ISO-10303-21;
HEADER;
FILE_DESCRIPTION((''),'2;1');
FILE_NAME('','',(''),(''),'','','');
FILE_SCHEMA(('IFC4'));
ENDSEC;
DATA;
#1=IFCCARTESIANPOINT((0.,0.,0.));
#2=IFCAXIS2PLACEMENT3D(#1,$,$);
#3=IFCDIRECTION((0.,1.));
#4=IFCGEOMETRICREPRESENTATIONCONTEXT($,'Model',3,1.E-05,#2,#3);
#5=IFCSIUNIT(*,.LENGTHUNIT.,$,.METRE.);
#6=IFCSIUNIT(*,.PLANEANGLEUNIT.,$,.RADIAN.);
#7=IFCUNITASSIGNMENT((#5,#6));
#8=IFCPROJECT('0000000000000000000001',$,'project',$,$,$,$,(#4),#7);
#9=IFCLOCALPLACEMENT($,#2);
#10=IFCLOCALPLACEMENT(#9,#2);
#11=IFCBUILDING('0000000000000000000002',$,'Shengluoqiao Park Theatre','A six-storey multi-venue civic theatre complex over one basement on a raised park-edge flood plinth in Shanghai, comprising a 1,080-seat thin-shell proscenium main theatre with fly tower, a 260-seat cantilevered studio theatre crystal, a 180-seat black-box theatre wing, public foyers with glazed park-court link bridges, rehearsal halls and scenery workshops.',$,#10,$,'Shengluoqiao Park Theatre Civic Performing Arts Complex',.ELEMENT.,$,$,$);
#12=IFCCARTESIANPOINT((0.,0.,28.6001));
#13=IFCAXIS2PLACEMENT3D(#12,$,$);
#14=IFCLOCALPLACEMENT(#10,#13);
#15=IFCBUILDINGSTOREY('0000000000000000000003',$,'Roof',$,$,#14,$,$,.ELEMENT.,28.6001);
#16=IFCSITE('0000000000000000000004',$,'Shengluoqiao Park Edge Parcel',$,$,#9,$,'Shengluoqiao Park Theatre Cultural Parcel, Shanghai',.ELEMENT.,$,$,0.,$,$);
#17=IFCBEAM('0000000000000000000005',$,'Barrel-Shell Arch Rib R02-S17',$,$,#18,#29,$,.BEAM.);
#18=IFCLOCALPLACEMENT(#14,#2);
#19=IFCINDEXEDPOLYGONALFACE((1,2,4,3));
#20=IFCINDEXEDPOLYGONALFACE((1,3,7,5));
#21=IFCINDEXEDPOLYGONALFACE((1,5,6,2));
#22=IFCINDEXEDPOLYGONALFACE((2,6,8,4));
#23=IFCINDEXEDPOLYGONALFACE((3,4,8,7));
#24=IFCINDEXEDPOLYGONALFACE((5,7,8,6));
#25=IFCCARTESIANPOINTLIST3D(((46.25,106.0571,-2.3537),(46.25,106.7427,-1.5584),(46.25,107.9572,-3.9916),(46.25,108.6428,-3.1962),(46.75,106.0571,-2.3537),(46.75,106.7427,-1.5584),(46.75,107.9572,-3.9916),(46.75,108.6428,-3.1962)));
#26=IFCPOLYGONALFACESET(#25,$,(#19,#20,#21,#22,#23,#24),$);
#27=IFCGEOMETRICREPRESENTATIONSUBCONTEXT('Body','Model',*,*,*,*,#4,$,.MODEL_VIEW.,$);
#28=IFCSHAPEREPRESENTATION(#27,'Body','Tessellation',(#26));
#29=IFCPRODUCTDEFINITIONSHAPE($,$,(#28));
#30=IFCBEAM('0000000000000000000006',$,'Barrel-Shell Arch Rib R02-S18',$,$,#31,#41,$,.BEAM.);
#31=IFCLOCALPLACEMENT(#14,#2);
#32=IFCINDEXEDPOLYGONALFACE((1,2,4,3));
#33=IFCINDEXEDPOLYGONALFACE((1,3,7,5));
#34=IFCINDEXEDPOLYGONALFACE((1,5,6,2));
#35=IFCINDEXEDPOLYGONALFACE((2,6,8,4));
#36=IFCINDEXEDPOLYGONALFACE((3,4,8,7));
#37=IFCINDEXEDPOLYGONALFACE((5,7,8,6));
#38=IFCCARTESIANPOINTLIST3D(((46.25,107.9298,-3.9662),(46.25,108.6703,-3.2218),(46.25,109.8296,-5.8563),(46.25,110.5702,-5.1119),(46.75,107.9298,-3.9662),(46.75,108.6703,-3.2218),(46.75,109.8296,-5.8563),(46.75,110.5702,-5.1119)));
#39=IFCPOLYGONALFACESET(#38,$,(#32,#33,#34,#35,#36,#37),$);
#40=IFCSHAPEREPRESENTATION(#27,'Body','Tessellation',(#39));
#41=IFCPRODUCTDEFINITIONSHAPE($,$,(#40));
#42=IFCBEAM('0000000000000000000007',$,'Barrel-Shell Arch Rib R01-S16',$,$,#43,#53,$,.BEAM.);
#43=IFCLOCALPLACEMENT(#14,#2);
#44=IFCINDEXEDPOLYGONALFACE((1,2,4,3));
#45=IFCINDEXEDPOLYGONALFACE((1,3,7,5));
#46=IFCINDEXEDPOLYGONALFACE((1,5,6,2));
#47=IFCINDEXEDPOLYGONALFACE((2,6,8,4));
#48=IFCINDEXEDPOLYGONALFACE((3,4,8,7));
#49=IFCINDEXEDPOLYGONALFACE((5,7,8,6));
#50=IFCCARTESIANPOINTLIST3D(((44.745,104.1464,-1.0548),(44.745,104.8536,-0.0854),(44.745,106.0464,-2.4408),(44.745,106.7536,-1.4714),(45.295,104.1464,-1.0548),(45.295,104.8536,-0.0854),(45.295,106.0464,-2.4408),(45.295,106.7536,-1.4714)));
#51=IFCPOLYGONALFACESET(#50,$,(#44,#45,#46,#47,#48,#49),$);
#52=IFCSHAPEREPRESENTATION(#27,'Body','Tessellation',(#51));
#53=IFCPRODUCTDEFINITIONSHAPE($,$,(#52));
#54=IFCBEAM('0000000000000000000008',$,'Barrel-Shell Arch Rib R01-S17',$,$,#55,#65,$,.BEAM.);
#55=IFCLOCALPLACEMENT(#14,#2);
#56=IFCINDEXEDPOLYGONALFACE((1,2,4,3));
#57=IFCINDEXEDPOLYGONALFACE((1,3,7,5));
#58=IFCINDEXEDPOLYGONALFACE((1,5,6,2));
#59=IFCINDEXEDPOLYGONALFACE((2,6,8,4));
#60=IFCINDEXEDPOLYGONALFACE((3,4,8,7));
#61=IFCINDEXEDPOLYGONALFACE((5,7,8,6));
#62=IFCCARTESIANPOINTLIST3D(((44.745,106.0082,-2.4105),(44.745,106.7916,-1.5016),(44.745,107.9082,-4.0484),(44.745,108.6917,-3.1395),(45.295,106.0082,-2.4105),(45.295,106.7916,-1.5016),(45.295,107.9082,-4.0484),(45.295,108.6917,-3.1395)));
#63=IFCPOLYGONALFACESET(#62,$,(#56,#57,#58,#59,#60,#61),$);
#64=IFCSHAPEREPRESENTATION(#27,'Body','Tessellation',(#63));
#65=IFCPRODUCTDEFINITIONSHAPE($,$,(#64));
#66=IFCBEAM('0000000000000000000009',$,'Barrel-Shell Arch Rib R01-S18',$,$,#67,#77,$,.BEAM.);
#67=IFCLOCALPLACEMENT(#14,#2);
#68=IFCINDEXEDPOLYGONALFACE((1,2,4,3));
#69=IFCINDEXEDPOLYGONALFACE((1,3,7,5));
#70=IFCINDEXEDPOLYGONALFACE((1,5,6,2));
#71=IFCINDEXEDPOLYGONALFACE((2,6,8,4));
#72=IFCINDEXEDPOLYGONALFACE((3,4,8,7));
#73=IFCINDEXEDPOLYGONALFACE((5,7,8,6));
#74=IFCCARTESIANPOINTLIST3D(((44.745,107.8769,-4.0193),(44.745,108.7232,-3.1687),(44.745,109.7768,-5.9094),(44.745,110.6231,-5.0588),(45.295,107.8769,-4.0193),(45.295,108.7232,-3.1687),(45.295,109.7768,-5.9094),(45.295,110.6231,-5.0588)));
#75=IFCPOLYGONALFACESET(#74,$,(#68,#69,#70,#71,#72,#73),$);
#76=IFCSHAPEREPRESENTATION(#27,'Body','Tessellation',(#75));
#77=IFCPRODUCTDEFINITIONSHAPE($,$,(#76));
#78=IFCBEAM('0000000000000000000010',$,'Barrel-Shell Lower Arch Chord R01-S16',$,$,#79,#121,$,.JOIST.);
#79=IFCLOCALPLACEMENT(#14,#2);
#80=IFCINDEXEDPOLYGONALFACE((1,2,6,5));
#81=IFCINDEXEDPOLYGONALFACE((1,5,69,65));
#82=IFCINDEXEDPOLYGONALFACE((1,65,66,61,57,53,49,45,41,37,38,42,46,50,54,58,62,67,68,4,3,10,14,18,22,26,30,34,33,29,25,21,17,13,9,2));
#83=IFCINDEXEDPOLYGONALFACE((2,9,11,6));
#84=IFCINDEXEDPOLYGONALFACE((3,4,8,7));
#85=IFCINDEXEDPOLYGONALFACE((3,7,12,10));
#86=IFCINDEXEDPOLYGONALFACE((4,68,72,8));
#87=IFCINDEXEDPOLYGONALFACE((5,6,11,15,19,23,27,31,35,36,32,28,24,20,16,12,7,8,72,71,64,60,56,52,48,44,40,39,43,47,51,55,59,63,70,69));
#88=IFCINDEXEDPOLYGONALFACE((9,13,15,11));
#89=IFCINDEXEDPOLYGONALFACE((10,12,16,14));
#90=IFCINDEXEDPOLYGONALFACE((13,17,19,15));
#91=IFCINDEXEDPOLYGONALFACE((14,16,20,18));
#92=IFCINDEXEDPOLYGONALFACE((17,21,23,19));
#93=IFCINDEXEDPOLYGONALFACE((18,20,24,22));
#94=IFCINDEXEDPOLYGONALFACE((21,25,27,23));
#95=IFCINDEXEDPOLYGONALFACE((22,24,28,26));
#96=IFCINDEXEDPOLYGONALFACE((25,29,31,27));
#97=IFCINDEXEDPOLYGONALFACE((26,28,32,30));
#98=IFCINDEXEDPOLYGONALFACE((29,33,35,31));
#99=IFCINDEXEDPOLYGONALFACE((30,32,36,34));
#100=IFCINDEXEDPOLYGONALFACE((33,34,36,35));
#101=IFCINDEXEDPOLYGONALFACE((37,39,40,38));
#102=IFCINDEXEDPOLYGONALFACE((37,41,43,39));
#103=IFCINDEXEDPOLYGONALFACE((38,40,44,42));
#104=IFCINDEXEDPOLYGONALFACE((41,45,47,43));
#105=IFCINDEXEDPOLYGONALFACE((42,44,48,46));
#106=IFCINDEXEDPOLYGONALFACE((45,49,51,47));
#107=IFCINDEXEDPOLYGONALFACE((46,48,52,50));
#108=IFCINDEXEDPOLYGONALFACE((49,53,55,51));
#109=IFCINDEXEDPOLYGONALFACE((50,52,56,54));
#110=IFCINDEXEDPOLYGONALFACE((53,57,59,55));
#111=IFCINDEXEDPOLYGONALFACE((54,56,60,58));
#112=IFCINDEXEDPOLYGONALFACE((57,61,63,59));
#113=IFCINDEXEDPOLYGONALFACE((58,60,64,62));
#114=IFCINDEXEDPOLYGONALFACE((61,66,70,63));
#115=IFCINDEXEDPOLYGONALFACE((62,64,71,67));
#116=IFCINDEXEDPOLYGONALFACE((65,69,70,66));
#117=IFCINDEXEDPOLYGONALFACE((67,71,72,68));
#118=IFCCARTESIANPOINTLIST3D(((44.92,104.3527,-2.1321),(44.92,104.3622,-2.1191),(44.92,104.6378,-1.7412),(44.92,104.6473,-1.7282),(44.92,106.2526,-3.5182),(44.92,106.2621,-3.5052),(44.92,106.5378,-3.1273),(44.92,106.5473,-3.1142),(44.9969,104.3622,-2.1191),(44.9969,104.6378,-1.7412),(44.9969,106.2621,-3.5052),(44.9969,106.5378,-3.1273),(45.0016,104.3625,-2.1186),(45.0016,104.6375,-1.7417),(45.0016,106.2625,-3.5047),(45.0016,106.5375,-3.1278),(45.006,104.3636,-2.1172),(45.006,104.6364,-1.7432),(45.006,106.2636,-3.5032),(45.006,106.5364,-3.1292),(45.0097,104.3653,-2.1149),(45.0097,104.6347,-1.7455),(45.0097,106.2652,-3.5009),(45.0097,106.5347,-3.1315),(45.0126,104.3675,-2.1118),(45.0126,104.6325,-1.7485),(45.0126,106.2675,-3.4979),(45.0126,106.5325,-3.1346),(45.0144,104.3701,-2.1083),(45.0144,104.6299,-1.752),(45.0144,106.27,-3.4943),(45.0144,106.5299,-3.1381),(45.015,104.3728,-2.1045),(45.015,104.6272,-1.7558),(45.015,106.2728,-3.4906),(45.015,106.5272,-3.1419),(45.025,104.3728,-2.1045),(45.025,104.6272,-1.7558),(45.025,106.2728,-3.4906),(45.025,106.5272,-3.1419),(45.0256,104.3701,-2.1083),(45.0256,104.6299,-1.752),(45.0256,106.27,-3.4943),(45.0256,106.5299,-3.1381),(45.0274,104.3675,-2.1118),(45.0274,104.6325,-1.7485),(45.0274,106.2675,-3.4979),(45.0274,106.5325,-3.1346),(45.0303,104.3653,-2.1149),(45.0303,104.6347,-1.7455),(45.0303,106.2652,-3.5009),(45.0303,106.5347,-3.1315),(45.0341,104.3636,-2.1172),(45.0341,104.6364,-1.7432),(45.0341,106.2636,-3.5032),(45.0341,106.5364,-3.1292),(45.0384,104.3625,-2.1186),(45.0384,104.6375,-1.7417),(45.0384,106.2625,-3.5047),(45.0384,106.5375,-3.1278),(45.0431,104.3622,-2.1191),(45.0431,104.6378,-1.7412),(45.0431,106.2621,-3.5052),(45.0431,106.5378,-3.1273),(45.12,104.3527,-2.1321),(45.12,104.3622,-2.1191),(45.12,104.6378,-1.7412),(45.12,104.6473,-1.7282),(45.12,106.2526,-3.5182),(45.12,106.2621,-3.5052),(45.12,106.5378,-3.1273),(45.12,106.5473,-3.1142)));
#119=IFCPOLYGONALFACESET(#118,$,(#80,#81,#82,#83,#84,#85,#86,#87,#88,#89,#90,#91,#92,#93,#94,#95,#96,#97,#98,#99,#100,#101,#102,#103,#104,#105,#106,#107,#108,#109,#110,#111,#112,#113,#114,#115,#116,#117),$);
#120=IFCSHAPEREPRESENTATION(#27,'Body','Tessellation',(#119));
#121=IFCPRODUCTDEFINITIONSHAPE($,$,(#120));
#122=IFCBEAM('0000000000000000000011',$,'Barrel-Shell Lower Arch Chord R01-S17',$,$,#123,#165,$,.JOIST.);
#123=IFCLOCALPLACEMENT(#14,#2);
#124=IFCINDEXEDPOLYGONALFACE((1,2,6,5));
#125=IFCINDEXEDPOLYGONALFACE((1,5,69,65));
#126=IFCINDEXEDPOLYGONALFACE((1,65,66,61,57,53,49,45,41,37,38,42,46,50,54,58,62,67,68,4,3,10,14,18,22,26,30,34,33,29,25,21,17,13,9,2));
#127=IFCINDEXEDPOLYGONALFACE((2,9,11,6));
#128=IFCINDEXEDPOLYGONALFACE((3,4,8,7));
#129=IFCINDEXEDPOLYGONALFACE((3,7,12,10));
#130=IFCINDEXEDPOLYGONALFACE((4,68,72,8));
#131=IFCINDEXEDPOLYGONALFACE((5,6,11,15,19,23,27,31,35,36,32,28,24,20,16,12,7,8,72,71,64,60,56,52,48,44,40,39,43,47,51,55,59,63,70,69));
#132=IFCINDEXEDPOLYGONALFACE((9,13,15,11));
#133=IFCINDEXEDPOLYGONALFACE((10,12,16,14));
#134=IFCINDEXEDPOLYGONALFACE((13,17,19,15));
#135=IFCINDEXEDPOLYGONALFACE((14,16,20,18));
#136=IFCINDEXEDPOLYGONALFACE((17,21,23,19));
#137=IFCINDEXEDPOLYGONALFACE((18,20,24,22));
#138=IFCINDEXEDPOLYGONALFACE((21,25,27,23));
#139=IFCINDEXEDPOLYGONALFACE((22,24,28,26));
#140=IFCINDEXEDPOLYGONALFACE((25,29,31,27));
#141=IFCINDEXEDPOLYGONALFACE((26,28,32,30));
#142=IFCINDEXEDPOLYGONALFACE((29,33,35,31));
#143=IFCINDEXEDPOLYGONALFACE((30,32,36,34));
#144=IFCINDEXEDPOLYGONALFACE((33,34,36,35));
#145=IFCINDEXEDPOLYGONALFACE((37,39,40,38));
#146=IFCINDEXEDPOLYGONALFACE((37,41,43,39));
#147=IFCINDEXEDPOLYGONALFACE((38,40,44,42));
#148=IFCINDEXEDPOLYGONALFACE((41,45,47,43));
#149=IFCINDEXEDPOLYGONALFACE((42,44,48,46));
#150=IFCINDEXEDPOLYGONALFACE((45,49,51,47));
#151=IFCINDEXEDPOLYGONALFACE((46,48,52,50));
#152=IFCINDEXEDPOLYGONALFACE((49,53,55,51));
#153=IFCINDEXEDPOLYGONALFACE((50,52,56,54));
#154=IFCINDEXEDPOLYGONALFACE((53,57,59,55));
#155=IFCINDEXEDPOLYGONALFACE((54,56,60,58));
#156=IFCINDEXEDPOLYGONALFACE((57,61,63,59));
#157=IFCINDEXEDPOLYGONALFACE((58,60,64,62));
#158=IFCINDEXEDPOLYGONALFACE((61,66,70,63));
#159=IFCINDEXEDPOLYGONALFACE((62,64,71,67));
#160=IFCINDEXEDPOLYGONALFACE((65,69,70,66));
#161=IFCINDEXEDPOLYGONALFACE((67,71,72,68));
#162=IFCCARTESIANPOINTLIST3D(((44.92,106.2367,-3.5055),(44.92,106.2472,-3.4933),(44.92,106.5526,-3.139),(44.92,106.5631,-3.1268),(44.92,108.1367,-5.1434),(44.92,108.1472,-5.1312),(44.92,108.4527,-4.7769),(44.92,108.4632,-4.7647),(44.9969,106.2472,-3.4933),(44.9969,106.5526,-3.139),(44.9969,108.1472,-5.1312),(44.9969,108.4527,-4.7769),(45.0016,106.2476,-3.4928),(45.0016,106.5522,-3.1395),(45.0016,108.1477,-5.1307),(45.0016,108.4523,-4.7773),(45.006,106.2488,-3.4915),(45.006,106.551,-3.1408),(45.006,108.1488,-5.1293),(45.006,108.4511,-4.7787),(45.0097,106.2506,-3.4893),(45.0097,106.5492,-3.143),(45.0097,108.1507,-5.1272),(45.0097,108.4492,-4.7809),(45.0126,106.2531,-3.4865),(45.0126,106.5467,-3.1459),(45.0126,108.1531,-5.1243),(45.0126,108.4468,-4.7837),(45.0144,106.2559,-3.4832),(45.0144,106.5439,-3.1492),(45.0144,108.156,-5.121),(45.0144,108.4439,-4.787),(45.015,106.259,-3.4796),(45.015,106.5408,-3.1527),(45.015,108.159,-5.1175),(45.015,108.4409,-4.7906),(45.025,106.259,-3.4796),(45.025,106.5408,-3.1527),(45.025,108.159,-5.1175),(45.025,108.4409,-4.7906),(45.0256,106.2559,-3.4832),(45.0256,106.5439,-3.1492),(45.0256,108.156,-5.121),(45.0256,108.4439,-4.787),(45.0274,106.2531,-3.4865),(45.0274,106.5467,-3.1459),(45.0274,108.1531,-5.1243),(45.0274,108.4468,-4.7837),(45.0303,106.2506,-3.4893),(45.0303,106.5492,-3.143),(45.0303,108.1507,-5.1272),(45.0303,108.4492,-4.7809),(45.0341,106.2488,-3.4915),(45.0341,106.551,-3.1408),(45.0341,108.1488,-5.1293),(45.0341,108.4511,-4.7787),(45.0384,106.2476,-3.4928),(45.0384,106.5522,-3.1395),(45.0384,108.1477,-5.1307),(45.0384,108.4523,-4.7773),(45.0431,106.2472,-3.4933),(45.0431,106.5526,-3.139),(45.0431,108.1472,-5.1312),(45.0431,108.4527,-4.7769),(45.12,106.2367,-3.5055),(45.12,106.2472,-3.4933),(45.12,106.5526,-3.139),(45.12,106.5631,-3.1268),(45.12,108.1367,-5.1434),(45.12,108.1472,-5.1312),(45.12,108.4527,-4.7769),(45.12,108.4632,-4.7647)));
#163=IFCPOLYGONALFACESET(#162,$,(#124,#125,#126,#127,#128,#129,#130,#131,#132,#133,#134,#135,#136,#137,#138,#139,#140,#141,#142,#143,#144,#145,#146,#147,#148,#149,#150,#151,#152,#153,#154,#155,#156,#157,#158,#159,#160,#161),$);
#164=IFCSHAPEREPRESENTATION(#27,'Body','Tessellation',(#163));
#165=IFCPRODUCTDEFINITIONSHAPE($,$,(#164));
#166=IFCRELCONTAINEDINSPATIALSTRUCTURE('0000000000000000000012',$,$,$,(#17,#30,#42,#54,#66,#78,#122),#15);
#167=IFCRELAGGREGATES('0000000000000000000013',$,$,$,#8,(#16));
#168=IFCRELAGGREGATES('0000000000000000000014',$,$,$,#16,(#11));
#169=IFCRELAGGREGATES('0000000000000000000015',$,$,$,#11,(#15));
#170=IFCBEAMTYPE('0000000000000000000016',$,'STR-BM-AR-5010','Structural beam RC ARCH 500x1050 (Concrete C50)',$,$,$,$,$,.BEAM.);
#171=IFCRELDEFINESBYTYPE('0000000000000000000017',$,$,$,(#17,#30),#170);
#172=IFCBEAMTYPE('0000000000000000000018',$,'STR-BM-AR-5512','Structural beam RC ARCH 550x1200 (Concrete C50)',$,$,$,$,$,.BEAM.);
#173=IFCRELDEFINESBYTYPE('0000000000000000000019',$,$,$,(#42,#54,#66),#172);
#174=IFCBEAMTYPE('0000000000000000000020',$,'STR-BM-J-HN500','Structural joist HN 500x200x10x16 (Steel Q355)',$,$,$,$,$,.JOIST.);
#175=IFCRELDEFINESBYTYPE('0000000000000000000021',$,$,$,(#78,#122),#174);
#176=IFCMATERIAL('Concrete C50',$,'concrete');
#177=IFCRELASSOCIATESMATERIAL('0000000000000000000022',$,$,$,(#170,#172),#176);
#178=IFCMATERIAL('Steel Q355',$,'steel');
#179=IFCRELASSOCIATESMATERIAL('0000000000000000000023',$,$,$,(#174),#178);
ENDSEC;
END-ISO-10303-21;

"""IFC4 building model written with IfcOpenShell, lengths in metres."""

from ifc_helpers import new_model, si_unit, direction, frame, origin, origin_2d, place, context, subcontext, project, spatial, rectangle, i_section, extrude, material, material_profile, profile_set, type_object, element, save


model = new_model("IFC4")

# Units and contexts
model_context = context("Model", 3, precision=1e-05, world=origin(), true_north=direction((0.0, 1.0)))
body_context = subcontext(model_context, "Body", "Model", "MODEL_VIEW")
ifc_project = project(units=[si_unit("LENGTHUNIT", "METRE"), si_unit("PLANEANGLEUNIT", "RADIAN")], contexts=[model_context])

# Site, building, storey
site_placement = place(None, origin())
site = spatial("IfcSite", under=ifc_project, at=site_placement, Name="Shengluoqiao Park Edge Parcel", LongName="Shengluoqiao Park Theatre Cultural Parcel, Shanghai", CompositionType="ELEMENT", RefElevation=0.0)
building_placement = place(site_placement, origin())
building = spatial("IfcBuilding", under=site, at=building_placement, Name="Shengluoqiao Park Theatre", Description="A six-storey multi-venue civic theatre complex over one basement on a raised park-edge flood plinth in Shanghai, comprising a 1,080-seat thin-shell proscenium main theatre with fly tower, a 260-seat cantilevered studio theatre crystal, a 180-seat black-box theatre wing, public foyers with glazed park-court link bridges, rehearsal halls and scenery workshops.", LongName="Shengluoqiao Park Theatre Civic Performing Arts Complex", CompositionType="ELEMENT")
storey_placement = place(building_placement, frame((0.0, 0.0, 28.6001)))
storey = spatial("IfcBuildingStorey", under=building, at=storey_placement, Name="Roof", CompositionType="ELEMENT", Elevation=28.6001)

# Beams
ifc_material_1 = material(Name="Concrete C50", Category="concrete")
ifc_material_profile_1 = material_profile(ifc_material_1, rectangle(XDim=0.5, YDim=1.05, at=origin_2d()), Name="RC ARCH 500x1050")
ifc_profile_set_1 = profile_set([ifc_material_profile_1], Name="Concrete C50")
beam_type_1 = type_object("IfcBeamType", Name="STR-BM-AR-5010", Description="Structural beam RC ARCH 500x1050 (Concrete C50)", PredefinedType="BEAM", material=ifc_profile_set_1)
beam_1_placement = place(storey_placement, frame((46.5, 106.3999, -1.9561), z_axis=(0.0, 0.757433, -0.652913), x_axis=(-1.0, 0.0, 0.0)))
element("IfcBeam", 1, at=beam_1_placement, inside=storey, type_object=beam_type_1, Name="Barrel-Shell Arch Rib R02-S17", PredefinedType="BEAM", context=body_context, shape_type="SweptSolid", body=[
    extrude(rectangle(XDim=0.5, YDim=1.05, at=origin_2d()), origin(), (0.0, 0.0, 1.0), 2.5085),
])
beam_2_placement = place(storey_placement, frame((46.5, 108.3, -3.594), z_axis=(0.0, 0.708926, -0.705282), x_axis=(-1.0, 0.0, 0.0)))
element("IfcBeam", 2, at=beam_2_placement, inside=storey, type_object=beam_type_1, Name="Barrel-Shell Arch Rib R02-S18", PredefinedType="BEAM", context=body_context, shape_type="SweptSolid", body=[
    extrude(rectangle(XDim=0.5, YDim=1.05, at=origin_2d()), origin(), (0.0, 0.0, 1.0), 2.6799),
])
ifc_material_profile_2 = material_profile(ifc_material_1, rectangle(XDim=0.55, YDim=1.2, at=origin_2d()), Name="RC ARCH 550x1200")
ifc_profile_set_2 = profile_set([ifc_material_profile_2], Name="Concrete C50")
beam_type_2 = type_object("IfcBeamType", Name="STR-BM-AR-5512", Description="Structural beam RC ARCH 550x1200 (Concrete C50)", PredefinedType="BEAM", material=ifc_profile_set_2)
beam_3_placement = place(storey_placement, frame((45.02, 104.5, -0.5701), z_axis=(0.0, 0.807878, -0.58935), x_axis=(-1.0, 0.0, 0.0)))
element("IfcBeam", 3, at=beam_3_placement, inside=storey, type_object=beam_type_2, Name="Barrel-Shell Arch Rib R01-S16", PredefinedType="BEAM", context=body_context, shape_type="SweptSolid", body=[
    extrude(rectangle(XDim=0.55, YDim=1.2, at=origin_2d()), origin(), (0.0, 0.0, 1.0), 2.3518),
])
beam_4_placement = place(storey_placement, frame((45.02, 106.3999, -1.9561), z_axis=(0.0, 0.757433, -0.652913), x_axis=(-1.0, 0.0, 0.0)))
element("IfcBeam", 4, at=beam_4_placement, inside=storey, type_object=beam_type_2, Name="Barrel-Shell Arch Rib R01-S17", PredefinedType="BEAM", context=body_context, shape_type="SweptSolid", body=[
    extrude(rectangle(XDim=0.55, YDim=1.2, at=origin_2d()), origin(), (0.0, 0.0, 1.0), 2.5085),
])
beam_5_placement = place(storey_placement, frame((45.02, 108.3, -3.594), z_axis=(0.0, 0.708926, -0.705282), x_axis=(-1.0, 0.0, 0.0)))
element("IfcBeam", 5, at=beam_5_placement, inside=storey, type_object=beam_type_2, Name="Barrel-Shell Arch Rib R01-S18", PredefinedType="BEAM", context=body_context, shape_type="SweptSolid", body=[
    extrude(rectangle(XDim=0.55, YDim=1.2, at=origin_2d()), origin(), (0.0, 0.0, 1.0), 2.6799),
])
ifc_material_2 = material(Name="Steel Q355", Category="steel")
ifc_material_profile_3 = material_profile(ifc_material_2, i_section(OverallWidth=0.2, OverallDepth=0.5, WebThickness=0.01, FlangeThickness=0.0161, FilletRadius=0.0181, at=origin_2d()), Name="HN 500x200x10x16")
ifc_profile_set_3 = profile_set([ifc_material_profile_3], Name="Steel Q355")
beam_type_3 = type_object("IfcBeamType", Name="STR-BM-J-HN500", Description="Structural joist HN 500x200x10x16 (Steel Q355)", PredefinedType="JOIST", material=ifc_profile_set_3)
beam_6_placement = place(storey_placement, frame((45.02, 104.5, -1.9302), z_axis=(0.0, 0.807878, -0.58935), x_axis=(-1.0, 0.0, 0.0)))
element("IfcBeam", 6, at=beam_6_placement, inside=storey, type_object=beam_type_3, Name="Barrel-Shell Lower Arch Chord R01-S16", PredefinedType="JOIST", context=body_context, shape_type="SweptSolid", body=[
    extrude(i_section(OverallWidth=0.2, OverallDepth=0.5, WebThickness=0.01, FlangeThickness=0.0161, FilletRadius=0.0181, at=origin_2d()), origin(), (0.0, 0.0, 1.0), 2.3518),
])
beam_7_placement = place(storey_placement, frame((45.02, 106.3999, -3.3162), z_axis=(0.0, 0.757433, -0.652913), x_axis=(-1.0, 0.0, 0.0)))
element("IfcBeam", 7, at=beam_7_placement, inside=storey, type_object=beam_type_3, Name="Barrel-Shell Lower Arch Chord R01-S17", PredefinedType="JOIST", context=body_context, shape_type="SweptSolid", body=[
    extrude(i_section(OverallWidth=0.2, OverallDepth=0.5, WebThickness=0.01, FlangeThickness=0.0161, FilletRadius=0.0181, at=origin_2d()), origin(), (0.0, 0.0, 1.0), 2.5085),
])

save(model, "model.ifc")
